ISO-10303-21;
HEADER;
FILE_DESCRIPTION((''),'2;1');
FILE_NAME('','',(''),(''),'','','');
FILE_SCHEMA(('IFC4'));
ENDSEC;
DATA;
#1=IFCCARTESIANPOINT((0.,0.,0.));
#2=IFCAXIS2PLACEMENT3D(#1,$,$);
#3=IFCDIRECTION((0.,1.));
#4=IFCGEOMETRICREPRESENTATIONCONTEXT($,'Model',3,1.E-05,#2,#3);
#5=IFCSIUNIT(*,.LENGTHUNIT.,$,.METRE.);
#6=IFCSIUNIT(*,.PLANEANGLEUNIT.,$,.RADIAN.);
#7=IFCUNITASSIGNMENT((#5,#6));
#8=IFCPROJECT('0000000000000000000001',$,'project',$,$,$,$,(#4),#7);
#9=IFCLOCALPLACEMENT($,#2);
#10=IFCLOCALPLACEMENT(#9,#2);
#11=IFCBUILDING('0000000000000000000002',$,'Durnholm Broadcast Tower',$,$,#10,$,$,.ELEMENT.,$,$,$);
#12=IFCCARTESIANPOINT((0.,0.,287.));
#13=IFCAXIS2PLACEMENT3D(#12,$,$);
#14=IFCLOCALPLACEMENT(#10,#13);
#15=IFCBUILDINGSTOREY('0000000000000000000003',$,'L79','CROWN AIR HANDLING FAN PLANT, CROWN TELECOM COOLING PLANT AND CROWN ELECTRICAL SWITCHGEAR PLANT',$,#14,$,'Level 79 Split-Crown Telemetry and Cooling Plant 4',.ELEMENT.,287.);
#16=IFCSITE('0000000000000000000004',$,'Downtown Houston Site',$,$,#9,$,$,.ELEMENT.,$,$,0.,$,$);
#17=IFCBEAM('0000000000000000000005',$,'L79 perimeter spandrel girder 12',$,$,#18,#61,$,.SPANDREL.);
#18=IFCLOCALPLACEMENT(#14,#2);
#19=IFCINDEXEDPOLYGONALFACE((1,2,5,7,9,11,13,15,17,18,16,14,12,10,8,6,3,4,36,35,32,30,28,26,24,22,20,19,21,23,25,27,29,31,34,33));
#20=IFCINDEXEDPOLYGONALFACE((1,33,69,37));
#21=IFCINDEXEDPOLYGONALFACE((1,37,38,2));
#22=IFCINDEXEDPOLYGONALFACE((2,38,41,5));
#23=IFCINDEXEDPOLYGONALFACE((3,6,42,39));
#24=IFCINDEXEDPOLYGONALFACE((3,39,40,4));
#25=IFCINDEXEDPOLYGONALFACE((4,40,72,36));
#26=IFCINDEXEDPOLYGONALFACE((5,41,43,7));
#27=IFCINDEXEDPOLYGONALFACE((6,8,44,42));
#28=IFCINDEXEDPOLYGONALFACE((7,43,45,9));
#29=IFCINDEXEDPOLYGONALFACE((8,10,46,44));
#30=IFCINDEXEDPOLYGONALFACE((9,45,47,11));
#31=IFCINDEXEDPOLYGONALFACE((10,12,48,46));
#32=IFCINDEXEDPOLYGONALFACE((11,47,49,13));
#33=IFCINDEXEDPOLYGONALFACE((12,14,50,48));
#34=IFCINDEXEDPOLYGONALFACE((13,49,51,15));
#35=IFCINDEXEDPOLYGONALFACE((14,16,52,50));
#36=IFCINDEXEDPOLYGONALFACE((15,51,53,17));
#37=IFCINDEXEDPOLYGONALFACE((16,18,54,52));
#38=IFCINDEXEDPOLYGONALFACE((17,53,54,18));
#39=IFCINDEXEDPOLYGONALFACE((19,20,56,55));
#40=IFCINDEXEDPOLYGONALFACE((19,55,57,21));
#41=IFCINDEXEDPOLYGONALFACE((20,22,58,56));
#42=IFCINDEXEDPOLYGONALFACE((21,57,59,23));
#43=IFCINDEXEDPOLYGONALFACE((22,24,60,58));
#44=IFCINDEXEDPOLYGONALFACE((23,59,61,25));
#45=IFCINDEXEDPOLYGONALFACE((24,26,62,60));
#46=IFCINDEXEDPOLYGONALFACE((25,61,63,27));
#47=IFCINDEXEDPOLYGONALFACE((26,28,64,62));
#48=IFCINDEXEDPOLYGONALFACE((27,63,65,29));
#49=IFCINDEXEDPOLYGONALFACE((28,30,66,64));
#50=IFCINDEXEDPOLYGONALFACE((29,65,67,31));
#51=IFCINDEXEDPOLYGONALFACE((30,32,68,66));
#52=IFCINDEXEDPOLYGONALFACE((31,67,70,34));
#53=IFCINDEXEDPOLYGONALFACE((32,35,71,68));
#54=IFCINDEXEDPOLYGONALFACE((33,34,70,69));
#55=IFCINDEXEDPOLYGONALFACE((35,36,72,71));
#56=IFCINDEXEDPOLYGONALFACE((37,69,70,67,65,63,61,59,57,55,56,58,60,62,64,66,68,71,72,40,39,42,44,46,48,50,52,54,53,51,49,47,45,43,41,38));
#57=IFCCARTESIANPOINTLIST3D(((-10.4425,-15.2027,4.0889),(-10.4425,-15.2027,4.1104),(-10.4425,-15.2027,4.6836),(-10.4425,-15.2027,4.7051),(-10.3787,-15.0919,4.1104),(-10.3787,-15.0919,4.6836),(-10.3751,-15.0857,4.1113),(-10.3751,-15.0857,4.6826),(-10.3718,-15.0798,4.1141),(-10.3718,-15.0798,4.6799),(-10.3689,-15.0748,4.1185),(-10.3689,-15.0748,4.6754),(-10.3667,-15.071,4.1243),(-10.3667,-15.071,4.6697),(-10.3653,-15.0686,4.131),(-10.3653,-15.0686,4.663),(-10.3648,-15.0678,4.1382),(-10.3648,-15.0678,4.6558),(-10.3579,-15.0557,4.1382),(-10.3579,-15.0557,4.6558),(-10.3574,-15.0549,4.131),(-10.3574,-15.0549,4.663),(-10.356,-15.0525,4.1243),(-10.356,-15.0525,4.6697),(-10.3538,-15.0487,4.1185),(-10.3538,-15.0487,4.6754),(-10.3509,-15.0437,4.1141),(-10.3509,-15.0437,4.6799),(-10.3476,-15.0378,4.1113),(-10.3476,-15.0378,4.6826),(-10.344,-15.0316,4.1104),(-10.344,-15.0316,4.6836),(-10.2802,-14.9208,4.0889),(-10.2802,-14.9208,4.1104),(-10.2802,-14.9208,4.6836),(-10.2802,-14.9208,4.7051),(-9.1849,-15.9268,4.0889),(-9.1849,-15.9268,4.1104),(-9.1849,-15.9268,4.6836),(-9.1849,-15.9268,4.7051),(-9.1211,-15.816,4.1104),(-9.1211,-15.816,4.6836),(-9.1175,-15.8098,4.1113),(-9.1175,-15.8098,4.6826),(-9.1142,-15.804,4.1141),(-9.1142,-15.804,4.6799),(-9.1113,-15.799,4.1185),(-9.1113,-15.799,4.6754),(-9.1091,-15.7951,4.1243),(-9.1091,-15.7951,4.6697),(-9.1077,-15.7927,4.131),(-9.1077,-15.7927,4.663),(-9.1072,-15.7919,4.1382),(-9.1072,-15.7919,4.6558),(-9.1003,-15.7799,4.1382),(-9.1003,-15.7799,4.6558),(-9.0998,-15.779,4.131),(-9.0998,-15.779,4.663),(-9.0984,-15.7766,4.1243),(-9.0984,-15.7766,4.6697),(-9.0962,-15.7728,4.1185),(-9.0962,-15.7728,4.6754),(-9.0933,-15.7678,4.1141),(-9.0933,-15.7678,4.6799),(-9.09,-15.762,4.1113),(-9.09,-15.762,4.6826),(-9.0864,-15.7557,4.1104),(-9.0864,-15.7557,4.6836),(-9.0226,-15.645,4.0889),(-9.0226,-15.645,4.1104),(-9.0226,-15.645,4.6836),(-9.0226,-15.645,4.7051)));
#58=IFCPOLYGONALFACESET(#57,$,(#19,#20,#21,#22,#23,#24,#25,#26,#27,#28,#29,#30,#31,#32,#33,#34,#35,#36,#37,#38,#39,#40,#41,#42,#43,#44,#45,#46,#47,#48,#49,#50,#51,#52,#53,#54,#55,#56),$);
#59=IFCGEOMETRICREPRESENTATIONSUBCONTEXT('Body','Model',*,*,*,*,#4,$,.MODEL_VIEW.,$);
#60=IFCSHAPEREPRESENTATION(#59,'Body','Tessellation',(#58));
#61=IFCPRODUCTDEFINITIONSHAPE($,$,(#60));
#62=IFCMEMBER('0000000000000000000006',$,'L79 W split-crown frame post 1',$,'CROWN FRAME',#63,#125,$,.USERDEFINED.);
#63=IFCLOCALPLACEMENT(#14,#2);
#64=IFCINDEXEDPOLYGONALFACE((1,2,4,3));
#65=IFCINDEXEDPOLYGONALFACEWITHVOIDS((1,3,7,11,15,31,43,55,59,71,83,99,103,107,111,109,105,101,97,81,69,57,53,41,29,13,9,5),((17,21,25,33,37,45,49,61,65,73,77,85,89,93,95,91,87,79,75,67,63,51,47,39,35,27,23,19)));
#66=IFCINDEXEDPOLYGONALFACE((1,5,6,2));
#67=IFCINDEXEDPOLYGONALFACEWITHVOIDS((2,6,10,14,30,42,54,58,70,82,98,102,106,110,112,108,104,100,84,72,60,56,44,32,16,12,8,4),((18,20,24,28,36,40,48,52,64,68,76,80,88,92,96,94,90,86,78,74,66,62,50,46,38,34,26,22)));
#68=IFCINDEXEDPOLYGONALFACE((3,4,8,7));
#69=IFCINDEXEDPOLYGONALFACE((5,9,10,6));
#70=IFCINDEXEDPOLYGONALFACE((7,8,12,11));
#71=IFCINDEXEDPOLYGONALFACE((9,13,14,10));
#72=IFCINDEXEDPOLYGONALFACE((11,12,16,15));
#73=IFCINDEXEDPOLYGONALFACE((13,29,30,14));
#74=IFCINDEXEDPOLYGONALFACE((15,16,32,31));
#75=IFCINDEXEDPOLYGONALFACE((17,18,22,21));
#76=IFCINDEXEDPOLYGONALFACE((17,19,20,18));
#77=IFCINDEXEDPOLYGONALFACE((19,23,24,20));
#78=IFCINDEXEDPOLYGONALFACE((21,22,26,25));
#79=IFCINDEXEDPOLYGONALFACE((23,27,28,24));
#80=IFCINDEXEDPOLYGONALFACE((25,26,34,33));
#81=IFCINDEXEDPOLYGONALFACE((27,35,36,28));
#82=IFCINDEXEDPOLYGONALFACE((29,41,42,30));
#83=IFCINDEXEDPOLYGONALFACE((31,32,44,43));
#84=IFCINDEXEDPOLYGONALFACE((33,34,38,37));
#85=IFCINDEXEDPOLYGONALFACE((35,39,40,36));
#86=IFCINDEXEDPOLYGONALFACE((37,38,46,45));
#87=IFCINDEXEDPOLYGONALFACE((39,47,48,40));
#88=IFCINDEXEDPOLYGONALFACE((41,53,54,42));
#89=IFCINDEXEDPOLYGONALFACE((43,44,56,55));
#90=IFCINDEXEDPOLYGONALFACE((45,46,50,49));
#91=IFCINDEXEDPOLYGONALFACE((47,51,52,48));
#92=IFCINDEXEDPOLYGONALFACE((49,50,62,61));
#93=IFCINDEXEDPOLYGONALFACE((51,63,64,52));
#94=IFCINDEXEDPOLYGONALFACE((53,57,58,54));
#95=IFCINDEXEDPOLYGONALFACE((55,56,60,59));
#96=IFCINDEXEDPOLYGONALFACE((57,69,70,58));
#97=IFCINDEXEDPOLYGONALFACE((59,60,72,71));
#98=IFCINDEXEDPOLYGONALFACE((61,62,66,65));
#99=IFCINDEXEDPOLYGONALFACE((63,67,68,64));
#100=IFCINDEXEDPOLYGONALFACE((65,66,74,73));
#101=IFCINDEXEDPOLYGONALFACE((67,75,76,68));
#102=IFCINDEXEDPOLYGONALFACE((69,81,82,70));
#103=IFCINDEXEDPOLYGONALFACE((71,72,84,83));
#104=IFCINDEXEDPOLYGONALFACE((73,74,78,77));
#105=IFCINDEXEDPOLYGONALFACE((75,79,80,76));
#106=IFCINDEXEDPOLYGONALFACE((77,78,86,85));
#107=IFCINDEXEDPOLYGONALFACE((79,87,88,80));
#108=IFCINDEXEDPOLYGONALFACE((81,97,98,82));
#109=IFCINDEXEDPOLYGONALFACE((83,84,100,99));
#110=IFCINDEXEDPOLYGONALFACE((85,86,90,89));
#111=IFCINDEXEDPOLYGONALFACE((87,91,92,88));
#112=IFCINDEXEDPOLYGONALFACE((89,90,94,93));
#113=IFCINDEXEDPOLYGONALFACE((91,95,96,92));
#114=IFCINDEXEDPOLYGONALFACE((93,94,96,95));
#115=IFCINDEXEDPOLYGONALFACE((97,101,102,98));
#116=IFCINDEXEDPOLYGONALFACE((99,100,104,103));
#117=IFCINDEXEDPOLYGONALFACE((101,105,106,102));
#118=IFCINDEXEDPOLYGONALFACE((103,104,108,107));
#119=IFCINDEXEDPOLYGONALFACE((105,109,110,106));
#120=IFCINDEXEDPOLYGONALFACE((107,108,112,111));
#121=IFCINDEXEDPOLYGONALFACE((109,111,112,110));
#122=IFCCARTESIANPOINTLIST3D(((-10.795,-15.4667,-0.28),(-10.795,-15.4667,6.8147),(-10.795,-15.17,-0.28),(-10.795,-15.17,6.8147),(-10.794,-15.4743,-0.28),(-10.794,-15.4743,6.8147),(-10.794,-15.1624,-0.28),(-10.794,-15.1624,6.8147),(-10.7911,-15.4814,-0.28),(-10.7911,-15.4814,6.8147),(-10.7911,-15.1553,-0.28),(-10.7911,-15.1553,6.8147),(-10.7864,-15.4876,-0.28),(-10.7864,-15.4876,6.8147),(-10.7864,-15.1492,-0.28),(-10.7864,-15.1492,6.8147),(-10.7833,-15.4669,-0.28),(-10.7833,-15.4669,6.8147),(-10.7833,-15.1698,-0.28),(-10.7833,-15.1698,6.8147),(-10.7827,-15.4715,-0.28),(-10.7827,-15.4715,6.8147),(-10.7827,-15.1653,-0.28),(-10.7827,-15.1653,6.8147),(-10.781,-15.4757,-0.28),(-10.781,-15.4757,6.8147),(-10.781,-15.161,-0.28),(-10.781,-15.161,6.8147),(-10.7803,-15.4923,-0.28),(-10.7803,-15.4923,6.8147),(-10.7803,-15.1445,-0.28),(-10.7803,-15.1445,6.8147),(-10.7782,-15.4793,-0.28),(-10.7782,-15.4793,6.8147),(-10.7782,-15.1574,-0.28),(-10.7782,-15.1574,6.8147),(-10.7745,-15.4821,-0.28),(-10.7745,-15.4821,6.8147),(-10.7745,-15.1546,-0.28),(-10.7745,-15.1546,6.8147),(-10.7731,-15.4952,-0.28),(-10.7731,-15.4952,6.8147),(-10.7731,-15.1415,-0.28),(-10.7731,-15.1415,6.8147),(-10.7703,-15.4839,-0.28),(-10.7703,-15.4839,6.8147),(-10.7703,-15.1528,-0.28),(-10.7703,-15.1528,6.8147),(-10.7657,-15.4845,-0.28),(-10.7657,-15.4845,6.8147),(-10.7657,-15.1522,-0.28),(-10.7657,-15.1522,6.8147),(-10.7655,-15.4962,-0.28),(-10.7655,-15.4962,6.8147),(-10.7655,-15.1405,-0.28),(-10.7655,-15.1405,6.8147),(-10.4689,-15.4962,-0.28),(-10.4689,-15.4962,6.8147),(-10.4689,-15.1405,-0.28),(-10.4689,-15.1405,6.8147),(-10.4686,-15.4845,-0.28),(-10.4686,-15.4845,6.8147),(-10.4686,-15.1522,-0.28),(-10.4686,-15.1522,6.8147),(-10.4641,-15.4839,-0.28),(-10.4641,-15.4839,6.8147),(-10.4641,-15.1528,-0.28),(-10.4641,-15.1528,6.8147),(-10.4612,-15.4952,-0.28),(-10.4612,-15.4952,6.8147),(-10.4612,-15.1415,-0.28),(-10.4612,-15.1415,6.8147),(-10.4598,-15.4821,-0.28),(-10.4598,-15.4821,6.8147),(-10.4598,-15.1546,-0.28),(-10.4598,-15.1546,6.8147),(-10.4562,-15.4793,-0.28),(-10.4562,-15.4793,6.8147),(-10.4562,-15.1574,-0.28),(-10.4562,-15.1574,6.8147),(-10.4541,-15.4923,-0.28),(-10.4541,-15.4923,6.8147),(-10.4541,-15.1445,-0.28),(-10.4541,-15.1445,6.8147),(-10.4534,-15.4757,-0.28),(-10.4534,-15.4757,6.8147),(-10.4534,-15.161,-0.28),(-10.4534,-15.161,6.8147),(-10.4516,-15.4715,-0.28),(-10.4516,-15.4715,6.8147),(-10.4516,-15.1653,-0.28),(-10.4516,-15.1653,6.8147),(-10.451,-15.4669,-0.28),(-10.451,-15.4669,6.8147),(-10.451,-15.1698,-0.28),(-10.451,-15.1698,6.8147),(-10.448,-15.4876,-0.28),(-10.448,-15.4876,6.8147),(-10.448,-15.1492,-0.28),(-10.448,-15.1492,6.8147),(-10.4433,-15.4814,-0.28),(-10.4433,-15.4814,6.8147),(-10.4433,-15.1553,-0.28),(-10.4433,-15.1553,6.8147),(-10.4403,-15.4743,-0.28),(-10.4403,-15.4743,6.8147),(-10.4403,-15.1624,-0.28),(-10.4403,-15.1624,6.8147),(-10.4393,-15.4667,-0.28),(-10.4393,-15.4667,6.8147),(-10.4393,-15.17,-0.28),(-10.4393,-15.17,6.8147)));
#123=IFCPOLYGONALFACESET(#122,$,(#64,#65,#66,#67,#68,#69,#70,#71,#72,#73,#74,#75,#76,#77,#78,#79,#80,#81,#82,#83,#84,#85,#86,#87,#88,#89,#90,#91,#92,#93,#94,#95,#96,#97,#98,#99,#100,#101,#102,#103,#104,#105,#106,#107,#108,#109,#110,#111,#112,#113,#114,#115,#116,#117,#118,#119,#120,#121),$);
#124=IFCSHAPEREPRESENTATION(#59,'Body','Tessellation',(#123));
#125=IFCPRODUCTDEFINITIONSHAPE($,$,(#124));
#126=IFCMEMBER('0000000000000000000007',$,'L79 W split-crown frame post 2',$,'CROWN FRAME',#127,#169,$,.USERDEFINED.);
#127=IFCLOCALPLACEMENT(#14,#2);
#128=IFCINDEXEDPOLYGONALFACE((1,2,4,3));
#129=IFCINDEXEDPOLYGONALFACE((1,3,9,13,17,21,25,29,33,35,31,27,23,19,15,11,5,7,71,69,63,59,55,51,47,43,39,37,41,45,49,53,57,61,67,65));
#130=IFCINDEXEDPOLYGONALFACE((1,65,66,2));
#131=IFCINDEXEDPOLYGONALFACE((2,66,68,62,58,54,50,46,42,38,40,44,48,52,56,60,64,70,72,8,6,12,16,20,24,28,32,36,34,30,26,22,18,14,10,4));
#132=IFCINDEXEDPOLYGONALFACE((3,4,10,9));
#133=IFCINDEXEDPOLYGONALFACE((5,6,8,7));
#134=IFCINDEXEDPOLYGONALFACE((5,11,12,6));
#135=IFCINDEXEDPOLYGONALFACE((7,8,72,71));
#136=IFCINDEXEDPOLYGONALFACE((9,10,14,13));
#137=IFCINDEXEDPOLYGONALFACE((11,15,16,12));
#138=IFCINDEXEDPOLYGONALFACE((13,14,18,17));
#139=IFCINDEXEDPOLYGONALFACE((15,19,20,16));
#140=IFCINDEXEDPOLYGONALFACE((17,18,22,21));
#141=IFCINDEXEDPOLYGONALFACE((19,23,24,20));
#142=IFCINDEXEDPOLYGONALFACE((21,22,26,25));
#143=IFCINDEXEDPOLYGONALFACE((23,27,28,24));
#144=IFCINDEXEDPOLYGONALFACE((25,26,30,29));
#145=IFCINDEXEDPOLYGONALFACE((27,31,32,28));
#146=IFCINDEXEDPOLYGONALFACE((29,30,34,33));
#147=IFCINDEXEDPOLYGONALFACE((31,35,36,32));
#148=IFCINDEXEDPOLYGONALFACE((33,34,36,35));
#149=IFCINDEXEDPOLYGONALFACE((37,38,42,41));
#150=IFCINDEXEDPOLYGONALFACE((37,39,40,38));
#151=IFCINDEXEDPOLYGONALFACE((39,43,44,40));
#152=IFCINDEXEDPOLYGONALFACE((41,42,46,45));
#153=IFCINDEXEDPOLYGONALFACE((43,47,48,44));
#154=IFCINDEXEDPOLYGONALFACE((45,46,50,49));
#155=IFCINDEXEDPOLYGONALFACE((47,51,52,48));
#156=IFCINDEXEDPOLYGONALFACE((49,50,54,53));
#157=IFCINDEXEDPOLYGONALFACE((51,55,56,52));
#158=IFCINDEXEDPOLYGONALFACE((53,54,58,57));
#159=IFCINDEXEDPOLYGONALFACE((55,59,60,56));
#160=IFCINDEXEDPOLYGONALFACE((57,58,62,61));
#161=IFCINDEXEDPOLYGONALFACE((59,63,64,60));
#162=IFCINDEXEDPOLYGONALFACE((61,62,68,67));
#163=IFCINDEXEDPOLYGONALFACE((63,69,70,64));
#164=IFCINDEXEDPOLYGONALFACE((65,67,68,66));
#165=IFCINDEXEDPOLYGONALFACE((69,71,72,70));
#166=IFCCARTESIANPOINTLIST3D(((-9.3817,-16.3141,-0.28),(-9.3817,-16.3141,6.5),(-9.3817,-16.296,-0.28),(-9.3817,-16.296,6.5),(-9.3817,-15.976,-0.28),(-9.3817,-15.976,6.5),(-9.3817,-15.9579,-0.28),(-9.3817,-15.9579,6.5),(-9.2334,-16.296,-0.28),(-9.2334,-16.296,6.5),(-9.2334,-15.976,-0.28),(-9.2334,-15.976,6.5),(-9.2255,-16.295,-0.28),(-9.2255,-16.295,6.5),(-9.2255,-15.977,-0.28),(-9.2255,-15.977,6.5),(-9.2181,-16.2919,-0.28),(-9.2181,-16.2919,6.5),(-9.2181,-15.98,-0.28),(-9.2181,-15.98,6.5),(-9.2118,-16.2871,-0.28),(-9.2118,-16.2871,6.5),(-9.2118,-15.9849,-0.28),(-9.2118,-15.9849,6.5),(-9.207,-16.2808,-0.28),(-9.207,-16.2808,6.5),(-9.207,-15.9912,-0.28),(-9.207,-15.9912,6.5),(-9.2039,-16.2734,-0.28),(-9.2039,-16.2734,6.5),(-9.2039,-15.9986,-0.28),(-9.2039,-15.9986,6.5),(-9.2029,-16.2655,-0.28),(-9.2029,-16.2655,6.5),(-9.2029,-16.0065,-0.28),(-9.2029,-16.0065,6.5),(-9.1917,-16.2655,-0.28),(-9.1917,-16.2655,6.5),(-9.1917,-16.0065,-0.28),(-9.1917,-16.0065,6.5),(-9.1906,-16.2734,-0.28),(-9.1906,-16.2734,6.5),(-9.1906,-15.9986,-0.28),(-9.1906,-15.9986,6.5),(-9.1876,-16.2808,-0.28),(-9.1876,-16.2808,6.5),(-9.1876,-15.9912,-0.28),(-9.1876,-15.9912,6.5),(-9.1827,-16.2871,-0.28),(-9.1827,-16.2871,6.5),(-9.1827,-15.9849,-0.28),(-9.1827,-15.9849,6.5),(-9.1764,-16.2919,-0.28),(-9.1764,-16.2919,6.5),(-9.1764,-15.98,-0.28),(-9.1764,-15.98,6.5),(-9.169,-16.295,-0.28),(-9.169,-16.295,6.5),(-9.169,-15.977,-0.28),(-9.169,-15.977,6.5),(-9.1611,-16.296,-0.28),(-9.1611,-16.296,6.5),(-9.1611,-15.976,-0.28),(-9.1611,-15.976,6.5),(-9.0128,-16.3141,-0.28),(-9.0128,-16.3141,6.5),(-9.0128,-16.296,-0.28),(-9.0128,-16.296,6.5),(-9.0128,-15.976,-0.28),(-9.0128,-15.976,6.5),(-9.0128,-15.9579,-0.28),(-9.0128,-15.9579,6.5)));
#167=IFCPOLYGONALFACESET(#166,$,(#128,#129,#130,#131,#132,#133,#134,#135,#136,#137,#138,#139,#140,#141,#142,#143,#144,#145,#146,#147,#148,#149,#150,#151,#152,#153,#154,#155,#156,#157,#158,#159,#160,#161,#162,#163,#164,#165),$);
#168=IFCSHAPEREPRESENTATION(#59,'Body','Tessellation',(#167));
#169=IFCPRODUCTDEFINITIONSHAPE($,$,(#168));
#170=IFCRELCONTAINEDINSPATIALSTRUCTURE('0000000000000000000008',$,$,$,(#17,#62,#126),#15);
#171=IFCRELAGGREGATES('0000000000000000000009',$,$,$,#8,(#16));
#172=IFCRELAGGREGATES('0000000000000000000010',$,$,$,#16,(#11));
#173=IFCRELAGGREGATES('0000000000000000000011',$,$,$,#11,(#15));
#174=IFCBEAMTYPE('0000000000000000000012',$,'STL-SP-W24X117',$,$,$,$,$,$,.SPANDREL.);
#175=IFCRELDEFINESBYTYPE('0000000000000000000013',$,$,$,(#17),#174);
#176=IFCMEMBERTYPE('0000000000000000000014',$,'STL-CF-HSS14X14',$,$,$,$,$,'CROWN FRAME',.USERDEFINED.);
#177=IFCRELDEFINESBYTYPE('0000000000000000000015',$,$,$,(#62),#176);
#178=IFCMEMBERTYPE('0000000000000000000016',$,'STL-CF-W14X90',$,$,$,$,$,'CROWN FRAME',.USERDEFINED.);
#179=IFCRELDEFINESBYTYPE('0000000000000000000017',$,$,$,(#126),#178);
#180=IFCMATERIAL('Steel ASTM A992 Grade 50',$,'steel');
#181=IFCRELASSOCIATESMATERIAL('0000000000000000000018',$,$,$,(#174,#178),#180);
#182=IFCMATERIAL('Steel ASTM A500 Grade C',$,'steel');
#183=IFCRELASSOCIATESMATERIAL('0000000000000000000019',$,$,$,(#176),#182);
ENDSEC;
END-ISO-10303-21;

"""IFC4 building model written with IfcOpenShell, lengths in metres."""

from ifc_helpers import new_model, si_unit, direction, frame, origin, origin_2d, place, context, subcontext, project, spatial, hollow_rectangle, i_section, extrude, source, transform, mapped, material, material_profile, profile_set, type_object, type_shapes, element, save


model = new_model("IFC4")

# Units and contexts
model_context = context("Model", 3, precision=1e-05, world=origin(), true_north=direction((0.0, 1.0)))
body_context = subcontext(model_context, "Body", "Model", "MODEL_VIEW")
ifc_project = project(units=[si_unit("LENGTHUNIT", "METRE"), si_unit("PLANEANGLEUNIT", "RADIAN")], contexts=[model_context])

# Site, building, storey
site_placement = place(None, origin())
site = spatial("IfcSite", under=ifc_project, at=site_placement, Name="Downtown Houston Site", CompositionType="ELEMENT", RefElevation=0.0)
building_placement = place(site_placement, origin())
building = spatial("IfcBuilding", under=site, at=building_placement, Name="Durnholm Broadcast Tower", CompositionType="ELEMENT")
storey_placement = place(building_placement, frame((0.0, 0.0, 287.0)))
storey = spatial("IfcBuildingStorey", under=building, at=storey_placement, Name="L79", Description="CROWN AIR HANDLING FAN PLANT, CROWN TELECOM COOLING PLANT AND CROWN ELECTRICAL SWITCHGEAR PLANT", LongName="Level 79 Split-Crown Telemetry and Cooling Plant 4", CompositionType="ELEMENT", Elevation=287.0)

# Shared definitions
ifc_material_1 = material(Name="Steel ASTM A500 Grade C", Category="steel")

# Beam
ifc_material_2 = material(Name="Steel ASTM A992 Grade 50", Category="steel")
ifc_material_profile_1 = material_profile(ifc_material_2, i_section(OverallWidth=0.3252, OverallDepth=0.6162, WebThickness=0.0139, FlangeThickness=0.0215, FilletRadius=0.0278, at=origin_2d()), Name="W24X117")
ifc_profile_set_1 = profile_set([ifc_material_profile_1], Name="Steel ASTM A992 Grade 50")
beam_type = type_object("IfcBeamType", Name="STL-SP-W24X117", PredefinedType="SPANDREL", material=ifc_profile_set_1)
shared_shape_1 = source(origin(), body_context, "Body", "SweptSolid", [
    extrude(i_section(OverallWidth=0.3252, OverallDepth=0.6162, WebThickness=0.0139, FlangeThickness=0.0215, FilletRadius=0.0278, at=origin_2d()), origin(), (0.0, 0.0, 1.0), 1.4512),
])
beam_1_placement = place(storey_placement, frame((-9.1038, -15.7859, 4.397), z_axis=(-0.866603, 0.498999, 0.0), x_axis=(-0.498999, -0.866603, 0.0)))
element("IfcBeam", 1, at=beam_1_placement, inside=storey, type_object=beam_type, Name="L79 perimeter spandrel girder 12", PredefinedType="SPANDREL", context=body_context, shape_type="MappedRepresentation", body=[
    mapped(shared_shape_1, transform((0.0, 0.0, 0.0), x_axis=(1.0, 0.0, 0.0), y_axis=(0.0, 1.0, 0.0), z_axis=(0.0, 0.0, 1.0), scale=1.0)),
])

# Members
ifc_material_profile_2 = material_profile(ifc_material_1, hollow_rectangle(XDim=0.3557, YDim=0.3557, WallThickness=0.0117, InnerFilletRadius=0.0176, OuterFilletRadius=0.0295, at=origin_2d()), Name="HSS14X14X1/2")
ifc_profile_set_2 = profile_set([ifc_material_profile_2], Name="Steel ASTM A500 Grade C")
member_type_1 = type_object("IfcMemberType", Name="STL-CF-HSS14X14", ElementType="CROWN FRAME", PredefinedType="USERDEFINED", material=ifc_profile_set_2)
shared_shape_2 = source(origin(), body_context, "Body", "SweptSolid", [
    extrude(hollow_rectangle(XDim=0.3557, YDim=0.3557, WallThickness=0.0117, InnerFilletRadius=0.0176, OuterFilletRadius=0.0295, at=origin_2d()), origin(), (0.0, 0.0, 1.0), 7.0947),
])
member_1_placement = place(storey_placement, frame((-10.6172, -15.3184, -0.28), z_axis=(0.0, 0.0, 1.0), x_axis=(1.0, 0.0, 0.0)))
element("IfcMember", 2, at=member_1_placement, inside=storey, type_object=member_type_1, Name="L79 W split-crown frame post 1", ObjectType="CROWN FRAME", PredefinedType="USERDEFINED", context=body_context, shape_type="MappedRepresentation", body=[
    mapped(shared_shape_2, transform((0.0, 0.0, 0.0), x_axis=(1.0, 0.0, 0.0), y_axis=(0.0, 1.0, 0.0), z_axis=(0.0, 0.0, 1.0), scale=1.0)),
])
ifc_material_profile_3 = material_profile(ifc_material_2, i_section(OverallWidth=0.3689, OverallDepth=0.3562, WebThickness=0.0112, FlangeThickness=0.0181, FilletRadius=0.0305, at=origin_2d()), Name="W14X90")
ifc_profile_set_3 = profile_set([ifc_material_profile_3], Name="Steel ASTM A992 Grade 50")
member_type_2 = type_object("IfcMemberType", Name="STL-CF-W14X90", ElementType="CROWN FRAME", PredefinedType="USERDEFINED", material=ifc_profile_set_3)
shared_shape_3 = source(origin(), body_context, "Body", "SweptSolid", [
    extrude(i_section(OverallWidth=0.3689, OverallDepth=0.3562, WebThickness=0.0112, FlangeThickness=0.0181, FilletRadius=0.0305, at=origin_2d()), origin(), (0.0, 0.0, 1.0), 6.78),
])
type_shapes(member_type_2, [shared_shape_3])
member_2_placement = place(storey_placement, frame((-9.1973, -16.136, -0.28), z_axis=(0.0, 0.0, 1.0), x_axis=(1.0, 0.0, 0.0)))
element("IfcMember", 3, at=member_2_placement, inside=storey, type_object=member_type_2, Name="L79 W split-crown frame post 2", ObjectType="CROWN FRAME", PredefinedType="USERDEFINED", context=body_context, shape_type="MappedRepresentation", body=[
    mapped(shared_shape_3, transform((0.0, 0.0, 0.0), x_axis=(1.0, 0.0, 0.0), y_axis=(0.0, 1.0, 0.0), z_axis=(0.0, 0.0, 1.0), scale=1.0)),
])

save(model, "model.ifc")
